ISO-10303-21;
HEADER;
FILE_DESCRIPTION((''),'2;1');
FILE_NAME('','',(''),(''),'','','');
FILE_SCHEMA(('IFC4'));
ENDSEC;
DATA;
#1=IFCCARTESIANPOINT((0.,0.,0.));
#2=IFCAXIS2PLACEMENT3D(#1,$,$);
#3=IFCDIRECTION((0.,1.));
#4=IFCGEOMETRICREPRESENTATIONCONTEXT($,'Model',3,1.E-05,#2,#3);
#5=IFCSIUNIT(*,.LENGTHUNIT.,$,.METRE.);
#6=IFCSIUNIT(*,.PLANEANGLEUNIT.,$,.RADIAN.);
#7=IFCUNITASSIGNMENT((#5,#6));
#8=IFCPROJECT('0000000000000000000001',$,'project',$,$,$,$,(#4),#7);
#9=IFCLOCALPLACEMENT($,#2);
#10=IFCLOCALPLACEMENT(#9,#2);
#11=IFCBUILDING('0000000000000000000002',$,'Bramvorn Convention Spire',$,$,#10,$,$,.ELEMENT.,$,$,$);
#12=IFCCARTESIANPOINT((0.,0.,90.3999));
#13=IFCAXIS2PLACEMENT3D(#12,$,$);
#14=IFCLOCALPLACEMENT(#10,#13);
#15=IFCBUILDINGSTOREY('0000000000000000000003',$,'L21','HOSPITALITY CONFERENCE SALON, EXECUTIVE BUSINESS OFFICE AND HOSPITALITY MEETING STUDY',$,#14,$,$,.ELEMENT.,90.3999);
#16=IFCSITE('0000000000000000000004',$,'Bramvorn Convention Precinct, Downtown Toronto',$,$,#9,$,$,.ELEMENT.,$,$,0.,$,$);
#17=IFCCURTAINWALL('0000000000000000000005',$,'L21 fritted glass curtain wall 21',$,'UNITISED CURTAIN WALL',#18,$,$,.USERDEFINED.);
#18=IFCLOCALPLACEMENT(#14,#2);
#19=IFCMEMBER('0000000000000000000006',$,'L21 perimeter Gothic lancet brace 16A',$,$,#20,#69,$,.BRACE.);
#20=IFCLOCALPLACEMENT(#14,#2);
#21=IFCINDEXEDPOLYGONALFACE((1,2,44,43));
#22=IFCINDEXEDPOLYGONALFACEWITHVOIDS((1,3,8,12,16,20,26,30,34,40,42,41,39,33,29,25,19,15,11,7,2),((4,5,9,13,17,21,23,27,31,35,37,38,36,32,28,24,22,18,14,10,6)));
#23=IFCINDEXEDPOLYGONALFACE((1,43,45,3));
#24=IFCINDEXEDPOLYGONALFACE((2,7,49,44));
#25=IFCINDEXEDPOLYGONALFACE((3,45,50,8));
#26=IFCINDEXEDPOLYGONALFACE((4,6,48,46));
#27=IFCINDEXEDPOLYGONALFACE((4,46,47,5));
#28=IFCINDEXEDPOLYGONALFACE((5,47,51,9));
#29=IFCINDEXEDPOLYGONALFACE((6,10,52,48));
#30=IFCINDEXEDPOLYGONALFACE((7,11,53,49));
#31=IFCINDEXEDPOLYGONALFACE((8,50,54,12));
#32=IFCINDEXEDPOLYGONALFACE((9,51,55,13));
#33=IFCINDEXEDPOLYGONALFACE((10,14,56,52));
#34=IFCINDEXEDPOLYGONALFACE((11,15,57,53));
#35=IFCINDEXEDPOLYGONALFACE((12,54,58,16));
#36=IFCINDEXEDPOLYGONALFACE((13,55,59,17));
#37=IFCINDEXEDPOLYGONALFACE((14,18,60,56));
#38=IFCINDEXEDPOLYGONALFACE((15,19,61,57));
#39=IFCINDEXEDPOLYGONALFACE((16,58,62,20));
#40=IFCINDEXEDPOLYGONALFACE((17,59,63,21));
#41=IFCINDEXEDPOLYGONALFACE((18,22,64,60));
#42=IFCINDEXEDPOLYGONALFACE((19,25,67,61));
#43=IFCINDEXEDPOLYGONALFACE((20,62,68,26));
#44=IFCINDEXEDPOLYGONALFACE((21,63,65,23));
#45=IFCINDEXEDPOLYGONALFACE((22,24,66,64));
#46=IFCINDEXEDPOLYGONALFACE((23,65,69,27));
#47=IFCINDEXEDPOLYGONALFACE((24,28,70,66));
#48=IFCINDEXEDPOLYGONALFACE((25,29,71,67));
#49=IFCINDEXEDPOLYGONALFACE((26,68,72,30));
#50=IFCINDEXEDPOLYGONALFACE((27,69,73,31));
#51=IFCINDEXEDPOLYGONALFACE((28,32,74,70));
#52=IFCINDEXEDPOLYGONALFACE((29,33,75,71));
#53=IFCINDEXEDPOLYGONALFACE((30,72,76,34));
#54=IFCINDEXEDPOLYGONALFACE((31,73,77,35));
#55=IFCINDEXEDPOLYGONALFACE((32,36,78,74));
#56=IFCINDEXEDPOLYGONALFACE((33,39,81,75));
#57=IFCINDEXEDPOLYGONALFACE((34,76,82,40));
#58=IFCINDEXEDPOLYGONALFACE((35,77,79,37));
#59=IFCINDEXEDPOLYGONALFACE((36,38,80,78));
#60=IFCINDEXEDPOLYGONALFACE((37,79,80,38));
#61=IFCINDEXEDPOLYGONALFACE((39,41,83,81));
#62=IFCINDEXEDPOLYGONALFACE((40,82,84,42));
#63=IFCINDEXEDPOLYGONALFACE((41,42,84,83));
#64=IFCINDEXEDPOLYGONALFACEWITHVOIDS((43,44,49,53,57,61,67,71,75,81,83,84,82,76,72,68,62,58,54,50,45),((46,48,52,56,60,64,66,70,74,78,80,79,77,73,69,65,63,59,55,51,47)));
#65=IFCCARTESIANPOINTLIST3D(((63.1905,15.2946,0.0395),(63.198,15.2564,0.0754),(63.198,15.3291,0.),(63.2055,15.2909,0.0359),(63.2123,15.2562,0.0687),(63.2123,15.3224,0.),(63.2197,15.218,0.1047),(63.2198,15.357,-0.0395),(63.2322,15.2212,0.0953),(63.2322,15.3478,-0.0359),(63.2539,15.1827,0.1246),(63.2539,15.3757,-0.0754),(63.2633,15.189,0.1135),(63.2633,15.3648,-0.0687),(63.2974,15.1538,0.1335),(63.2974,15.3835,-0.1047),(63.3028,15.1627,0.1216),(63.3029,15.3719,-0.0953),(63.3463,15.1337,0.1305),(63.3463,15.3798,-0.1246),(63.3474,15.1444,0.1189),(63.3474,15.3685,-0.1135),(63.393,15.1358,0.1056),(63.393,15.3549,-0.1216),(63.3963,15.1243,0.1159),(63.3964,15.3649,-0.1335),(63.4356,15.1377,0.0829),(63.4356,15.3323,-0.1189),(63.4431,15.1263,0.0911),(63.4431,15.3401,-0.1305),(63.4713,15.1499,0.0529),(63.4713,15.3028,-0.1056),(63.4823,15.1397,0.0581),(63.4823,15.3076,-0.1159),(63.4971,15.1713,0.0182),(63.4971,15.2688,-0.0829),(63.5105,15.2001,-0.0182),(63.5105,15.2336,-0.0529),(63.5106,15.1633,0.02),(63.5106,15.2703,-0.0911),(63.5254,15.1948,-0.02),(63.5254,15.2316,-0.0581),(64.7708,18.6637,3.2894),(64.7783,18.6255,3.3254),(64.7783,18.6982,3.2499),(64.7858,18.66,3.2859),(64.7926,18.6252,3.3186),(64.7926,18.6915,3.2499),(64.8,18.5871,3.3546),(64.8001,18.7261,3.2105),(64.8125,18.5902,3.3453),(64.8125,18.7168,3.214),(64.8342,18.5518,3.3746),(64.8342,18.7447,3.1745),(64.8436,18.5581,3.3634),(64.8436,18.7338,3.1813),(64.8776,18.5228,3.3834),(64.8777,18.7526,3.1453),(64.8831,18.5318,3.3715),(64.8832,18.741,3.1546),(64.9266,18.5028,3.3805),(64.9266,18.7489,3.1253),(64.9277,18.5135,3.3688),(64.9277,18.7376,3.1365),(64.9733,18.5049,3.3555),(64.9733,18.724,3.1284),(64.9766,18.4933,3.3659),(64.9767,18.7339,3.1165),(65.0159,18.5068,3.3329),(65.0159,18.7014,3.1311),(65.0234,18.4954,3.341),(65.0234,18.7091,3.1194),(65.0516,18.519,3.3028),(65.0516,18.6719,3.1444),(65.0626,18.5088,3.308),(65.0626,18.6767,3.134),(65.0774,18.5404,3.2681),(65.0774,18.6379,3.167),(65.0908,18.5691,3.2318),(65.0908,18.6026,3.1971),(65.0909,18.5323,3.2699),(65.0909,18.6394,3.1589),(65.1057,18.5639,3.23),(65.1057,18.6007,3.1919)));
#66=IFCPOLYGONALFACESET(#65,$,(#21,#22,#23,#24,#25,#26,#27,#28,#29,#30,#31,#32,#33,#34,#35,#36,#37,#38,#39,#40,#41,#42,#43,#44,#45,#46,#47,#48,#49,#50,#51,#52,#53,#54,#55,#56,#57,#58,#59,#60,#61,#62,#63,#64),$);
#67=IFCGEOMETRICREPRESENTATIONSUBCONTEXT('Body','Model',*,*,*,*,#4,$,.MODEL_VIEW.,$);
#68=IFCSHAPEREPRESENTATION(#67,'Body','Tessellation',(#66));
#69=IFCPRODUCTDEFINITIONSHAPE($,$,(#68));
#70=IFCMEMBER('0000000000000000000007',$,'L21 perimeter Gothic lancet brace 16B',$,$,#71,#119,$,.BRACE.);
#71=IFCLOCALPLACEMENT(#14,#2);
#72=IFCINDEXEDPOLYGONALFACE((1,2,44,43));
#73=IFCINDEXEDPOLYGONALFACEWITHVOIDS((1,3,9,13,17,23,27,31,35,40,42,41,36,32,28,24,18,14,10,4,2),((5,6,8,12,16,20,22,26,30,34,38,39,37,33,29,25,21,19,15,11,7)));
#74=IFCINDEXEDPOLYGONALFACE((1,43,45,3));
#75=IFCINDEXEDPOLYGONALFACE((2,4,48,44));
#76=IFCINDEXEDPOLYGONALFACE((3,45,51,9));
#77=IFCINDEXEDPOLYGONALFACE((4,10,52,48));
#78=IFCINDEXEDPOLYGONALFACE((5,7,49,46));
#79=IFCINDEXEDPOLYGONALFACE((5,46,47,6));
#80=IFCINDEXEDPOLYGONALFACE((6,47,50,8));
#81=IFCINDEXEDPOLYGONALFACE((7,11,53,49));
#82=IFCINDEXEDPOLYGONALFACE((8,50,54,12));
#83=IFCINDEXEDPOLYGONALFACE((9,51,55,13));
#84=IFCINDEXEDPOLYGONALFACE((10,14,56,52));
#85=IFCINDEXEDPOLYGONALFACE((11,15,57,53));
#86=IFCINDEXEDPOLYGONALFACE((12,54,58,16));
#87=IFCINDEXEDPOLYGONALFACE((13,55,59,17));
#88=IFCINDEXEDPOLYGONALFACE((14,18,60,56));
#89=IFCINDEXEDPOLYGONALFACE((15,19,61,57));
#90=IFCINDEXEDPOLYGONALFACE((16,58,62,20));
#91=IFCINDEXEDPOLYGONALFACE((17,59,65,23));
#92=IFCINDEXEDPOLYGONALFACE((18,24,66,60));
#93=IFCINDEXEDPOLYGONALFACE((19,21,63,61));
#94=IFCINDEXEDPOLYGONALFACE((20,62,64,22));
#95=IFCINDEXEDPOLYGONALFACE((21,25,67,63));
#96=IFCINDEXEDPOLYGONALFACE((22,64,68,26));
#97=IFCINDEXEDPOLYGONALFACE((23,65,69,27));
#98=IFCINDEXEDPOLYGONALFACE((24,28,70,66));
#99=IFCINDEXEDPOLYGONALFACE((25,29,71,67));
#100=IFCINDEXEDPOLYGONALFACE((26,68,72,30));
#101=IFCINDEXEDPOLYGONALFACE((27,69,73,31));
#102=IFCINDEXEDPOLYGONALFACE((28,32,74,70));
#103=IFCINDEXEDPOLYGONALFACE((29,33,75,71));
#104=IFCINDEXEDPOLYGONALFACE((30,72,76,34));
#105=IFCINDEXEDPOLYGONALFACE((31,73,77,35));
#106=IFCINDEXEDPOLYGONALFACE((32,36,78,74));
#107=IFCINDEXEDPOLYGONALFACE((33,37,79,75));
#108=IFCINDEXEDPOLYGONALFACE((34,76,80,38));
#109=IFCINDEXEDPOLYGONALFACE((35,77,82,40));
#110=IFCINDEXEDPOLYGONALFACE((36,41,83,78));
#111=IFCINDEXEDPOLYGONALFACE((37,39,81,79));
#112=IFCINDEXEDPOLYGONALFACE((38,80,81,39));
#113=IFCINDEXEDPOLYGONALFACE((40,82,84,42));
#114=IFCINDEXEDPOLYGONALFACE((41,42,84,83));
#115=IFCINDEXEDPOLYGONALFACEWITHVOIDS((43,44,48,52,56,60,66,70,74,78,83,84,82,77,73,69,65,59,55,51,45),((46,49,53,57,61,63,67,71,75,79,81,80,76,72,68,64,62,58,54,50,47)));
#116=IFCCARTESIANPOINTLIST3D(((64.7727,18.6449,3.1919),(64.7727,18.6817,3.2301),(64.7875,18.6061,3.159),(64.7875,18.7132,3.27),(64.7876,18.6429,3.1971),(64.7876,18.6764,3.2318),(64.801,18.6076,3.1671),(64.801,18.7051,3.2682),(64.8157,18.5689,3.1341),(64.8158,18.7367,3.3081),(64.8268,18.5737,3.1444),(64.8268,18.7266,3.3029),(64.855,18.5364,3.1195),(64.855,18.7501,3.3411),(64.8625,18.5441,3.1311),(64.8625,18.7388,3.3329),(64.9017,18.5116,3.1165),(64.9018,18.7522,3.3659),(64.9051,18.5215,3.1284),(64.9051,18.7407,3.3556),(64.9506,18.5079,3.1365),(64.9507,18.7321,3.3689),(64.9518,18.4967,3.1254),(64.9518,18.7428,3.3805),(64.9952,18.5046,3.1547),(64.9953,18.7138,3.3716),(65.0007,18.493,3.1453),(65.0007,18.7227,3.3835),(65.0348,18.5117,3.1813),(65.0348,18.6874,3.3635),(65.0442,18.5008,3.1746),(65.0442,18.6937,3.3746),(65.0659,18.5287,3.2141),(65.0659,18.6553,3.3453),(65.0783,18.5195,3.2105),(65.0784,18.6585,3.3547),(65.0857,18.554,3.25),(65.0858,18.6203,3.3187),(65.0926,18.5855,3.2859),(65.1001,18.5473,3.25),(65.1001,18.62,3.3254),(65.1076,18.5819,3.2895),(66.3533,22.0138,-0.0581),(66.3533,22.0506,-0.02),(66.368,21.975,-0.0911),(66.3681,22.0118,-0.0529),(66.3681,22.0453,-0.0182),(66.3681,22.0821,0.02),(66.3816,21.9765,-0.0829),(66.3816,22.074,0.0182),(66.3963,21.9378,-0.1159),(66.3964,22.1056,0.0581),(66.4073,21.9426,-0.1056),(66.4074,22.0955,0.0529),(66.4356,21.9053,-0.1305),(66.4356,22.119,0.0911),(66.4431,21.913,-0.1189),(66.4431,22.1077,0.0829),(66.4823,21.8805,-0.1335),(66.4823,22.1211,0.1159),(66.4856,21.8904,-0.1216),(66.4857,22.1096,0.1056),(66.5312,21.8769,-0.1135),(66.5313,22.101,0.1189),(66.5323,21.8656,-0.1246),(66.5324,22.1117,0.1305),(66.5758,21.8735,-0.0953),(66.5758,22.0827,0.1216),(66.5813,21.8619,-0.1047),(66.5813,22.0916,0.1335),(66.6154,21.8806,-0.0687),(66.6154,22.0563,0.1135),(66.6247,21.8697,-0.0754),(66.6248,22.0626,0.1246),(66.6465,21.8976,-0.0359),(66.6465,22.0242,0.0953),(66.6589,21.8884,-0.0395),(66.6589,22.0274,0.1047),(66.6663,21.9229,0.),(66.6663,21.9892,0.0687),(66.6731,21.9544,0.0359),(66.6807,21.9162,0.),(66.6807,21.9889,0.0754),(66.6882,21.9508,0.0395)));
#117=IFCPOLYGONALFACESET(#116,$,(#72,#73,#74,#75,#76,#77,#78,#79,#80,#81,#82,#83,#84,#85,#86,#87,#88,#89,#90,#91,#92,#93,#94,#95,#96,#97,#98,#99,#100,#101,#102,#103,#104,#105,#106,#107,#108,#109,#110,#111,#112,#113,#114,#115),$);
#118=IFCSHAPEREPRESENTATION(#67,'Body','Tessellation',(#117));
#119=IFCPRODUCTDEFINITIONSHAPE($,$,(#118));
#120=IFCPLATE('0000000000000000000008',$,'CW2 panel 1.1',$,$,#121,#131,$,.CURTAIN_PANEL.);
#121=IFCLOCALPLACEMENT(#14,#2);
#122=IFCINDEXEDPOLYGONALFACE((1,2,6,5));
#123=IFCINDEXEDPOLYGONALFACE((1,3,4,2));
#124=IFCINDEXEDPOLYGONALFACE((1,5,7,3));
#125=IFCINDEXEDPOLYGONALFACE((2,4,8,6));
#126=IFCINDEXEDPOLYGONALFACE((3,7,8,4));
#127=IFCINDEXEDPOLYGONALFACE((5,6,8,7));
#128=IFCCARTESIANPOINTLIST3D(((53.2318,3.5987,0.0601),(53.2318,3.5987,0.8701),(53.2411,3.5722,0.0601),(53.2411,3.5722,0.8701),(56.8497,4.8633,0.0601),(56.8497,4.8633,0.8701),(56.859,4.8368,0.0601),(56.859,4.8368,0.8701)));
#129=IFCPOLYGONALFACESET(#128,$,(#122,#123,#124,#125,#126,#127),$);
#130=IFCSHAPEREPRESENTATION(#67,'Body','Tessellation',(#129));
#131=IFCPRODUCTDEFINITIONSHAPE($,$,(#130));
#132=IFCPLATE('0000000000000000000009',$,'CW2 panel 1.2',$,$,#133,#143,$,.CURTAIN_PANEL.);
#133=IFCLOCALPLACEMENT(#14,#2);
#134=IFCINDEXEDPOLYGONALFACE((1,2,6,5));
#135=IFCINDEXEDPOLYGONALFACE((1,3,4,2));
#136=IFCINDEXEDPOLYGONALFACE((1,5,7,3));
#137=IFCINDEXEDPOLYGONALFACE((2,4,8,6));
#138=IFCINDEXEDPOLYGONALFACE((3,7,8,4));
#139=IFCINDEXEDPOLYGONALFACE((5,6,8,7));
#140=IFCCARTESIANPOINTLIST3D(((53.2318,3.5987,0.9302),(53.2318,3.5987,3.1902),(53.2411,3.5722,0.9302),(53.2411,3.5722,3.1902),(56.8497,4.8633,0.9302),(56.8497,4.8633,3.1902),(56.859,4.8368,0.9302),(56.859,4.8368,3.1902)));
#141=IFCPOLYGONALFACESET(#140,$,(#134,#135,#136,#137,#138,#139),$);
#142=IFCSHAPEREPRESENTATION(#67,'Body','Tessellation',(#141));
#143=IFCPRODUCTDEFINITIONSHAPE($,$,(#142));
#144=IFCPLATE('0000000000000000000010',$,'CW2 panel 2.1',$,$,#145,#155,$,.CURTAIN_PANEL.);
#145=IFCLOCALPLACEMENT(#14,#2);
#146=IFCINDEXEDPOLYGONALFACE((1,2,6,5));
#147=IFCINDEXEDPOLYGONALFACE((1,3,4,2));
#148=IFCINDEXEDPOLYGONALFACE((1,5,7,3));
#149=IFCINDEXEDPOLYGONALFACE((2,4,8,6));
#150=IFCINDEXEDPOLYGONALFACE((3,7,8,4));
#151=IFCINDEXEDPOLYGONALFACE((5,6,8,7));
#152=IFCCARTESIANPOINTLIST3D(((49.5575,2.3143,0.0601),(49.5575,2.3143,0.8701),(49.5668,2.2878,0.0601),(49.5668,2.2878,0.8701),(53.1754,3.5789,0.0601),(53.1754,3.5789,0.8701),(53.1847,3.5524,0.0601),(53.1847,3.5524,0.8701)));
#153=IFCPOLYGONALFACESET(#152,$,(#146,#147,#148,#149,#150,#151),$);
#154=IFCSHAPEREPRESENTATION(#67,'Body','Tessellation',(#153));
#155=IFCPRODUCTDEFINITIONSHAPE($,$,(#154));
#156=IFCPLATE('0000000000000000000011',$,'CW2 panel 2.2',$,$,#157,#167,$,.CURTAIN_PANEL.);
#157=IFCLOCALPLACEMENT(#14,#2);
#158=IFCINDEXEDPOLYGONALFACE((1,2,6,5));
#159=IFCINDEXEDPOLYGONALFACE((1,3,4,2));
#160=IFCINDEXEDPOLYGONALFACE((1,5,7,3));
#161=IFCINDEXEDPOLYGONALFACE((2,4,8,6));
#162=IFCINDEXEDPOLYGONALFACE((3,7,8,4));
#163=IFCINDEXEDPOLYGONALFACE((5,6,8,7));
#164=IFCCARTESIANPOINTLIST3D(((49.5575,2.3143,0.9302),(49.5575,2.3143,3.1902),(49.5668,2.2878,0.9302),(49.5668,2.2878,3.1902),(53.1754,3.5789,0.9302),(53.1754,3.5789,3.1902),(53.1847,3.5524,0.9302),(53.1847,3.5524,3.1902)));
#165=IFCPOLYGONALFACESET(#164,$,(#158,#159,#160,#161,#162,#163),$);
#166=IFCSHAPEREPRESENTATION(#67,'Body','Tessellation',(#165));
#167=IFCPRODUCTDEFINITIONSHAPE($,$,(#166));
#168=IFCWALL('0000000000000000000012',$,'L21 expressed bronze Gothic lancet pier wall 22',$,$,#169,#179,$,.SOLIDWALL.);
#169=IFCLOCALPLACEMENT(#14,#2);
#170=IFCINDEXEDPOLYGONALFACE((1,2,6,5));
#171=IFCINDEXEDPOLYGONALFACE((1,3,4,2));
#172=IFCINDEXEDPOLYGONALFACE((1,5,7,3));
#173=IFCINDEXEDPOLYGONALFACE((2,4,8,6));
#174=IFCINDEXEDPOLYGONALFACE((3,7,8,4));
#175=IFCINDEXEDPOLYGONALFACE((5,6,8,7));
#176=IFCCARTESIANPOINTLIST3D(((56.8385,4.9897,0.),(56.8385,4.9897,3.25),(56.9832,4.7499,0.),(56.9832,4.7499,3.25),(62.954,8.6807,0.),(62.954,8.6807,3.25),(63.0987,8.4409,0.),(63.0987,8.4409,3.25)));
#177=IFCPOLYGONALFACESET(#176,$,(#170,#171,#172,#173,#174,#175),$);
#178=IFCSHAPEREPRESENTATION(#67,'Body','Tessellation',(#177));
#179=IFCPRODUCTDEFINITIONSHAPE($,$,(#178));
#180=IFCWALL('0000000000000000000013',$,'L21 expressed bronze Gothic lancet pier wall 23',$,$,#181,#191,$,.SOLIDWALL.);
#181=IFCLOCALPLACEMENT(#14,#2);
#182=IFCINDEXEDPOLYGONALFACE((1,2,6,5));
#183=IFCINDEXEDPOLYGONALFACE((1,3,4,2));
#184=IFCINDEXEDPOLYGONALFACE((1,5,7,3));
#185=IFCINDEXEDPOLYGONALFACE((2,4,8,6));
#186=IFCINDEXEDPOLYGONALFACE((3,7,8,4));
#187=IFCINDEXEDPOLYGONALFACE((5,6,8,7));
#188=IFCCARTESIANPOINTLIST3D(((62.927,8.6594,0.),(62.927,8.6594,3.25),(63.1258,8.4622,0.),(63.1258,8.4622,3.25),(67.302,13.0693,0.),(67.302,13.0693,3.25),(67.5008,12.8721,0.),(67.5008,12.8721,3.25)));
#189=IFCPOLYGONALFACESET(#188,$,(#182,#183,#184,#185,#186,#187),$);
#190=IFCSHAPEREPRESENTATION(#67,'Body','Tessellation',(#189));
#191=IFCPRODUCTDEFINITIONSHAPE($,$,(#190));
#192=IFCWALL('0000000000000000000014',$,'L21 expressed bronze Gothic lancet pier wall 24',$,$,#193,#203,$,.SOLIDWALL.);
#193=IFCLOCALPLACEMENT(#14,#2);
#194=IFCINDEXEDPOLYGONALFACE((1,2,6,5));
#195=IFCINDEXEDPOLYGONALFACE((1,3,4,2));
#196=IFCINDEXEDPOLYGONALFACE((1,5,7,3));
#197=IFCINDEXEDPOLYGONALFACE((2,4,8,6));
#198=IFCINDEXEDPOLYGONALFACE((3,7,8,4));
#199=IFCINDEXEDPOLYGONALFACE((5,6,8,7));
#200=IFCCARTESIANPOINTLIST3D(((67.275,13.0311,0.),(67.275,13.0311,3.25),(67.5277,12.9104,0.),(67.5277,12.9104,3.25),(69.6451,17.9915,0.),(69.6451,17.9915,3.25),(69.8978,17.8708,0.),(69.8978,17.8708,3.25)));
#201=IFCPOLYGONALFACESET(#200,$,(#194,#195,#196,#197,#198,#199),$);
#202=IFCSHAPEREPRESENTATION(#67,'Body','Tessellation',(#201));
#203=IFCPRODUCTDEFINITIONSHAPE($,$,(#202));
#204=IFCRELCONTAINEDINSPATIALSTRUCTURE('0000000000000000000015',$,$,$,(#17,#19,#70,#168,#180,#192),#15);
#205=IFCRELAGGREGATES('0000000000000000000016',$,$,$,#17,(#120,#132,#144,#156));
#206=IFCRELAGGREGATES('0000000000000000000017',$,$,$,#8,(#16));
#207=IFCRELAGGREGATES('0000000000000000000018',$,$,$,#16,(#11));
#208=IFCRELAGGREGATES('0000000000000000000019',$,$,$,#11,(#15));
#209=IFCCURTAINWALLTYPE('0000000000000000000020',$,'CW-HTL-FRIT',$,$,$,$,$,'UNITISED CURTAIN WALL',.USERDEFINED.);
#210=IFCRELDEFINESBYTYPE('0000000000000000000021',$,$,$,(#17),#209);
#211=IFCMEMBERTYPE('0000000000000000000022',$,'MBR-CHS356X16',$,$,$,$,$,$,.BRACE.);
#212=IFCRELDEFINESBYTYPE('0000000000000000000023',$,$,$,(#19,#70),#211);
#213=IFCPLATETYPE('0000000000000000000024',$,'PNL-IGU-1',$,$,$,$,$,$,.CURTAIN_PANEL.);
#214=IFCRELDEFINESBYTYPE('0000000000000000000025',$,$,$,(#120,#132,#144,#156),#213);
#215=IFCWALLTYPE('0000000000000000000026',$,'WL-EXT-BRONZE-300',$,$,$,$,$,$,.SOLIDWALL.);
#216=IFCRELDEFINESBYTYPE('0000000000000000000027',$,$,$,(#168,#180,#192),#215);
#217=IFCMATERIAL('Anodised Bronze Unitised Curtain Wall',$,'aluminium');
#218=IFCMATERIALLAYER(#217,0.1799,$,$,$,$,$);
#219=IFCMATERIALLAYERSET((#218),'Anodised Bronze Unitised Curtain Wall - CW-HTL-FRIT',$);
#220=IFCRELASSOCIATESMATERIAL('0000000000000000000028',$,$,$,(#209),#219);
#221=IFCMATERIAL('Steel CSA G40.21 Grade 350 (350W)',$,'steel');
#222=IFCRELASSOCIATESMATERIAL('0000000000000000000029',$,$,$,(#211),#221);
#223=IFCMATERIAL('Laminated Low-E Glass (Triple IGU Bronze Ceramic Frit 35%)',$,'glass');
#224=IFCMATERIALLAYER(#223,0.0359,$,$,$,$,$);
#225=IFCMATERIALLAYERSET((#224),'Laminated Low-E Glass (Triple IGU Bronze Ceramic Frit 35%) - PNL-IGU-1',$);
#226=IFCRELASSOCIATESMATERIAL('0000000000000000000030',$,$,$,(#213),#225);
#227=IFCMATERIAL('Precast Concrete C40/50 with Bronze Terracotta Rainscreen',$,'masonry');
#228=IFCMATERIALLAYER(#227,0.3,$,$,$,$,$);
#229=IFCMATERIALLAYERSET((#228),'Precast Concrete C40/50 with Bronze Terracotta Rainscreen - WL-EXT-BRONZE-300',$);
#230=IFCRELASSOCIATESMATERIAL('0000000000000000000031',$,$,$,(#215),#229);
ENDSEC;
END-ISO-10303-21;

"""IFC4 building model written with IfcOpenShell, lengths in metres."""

from ifc_helpers import new_model, si_unit, direction, frame, frame_2d, origin, origin_2d, place, context, subcontext, project, spatial, rectangle, hollow_circle, extrude, material, layer, layer_set, material_profile, profile_set, type_object, element, aggregate, save


model = new_model("IFC4")

# Units and contexts
model_context = context("Model", 3, precision=1e-05, world=origin(), true_north=direction((0.0, 1.0)))
body_context = subcontext(model_context, "Body", "Model", "MODEL_VIEW")
ifc_project = project(units=[si_unit("LENGTHUNIT", "METRE"), si_unit("PLANEANGLEUNIT", "RADIAN")], contexts=[model_context])

# Site, building, storey
site_placement = place(None, origin())
site = spatial("IfcSite", under=ifc_project, at=site_placement, Name="Bramvorn Convention Precinct, Downtown Toronto", CompositionType="ELEMENT", RefElevation=0.0)
building_placement = place(site_placement, origin())
building = spatial("IfcBuilding", under=site, at=building_placement, Name="Bramvorn Convention Spire", CompositionType="ELEMENT")
storey_placement = place(building_placement, frame((0.0, 0.0, 90.3999)))
storey = spatial("IfcBuildingStorey", under=building, at=storey_placement, Name="L21", Description="HOSPITALITY CONFERENCE SALON, EXECUTIVE BUSINESS OFFICE AND HOSPITALITY MEETING STUDY", CompositionType="ELEMENT", Elevation=90.3999)

# Shared definitions
ifc_material_1 = material(Name="Steel CSA G40.21 Grade 350 (350W)", Category="steel")

# Shared definitions
ifc_material_2 = material(Name="Anodised Bronze Unitised Curtain Wall", Category="aluminium")
ifc_layer_1 = layer(ifc_material_2, 0.1799)
ifc_layer_set_1 = layer_set([ifc_layer_1], Name="Anodised Bronze Unitised Curtain Wall - CW-HTL-FRIT")
curtain_wall_type = type_object("IfcCurtainWallType", Name="CW-HTL-FRIT", ElementType="UNITISED CURTAIN WALL", PredefinedType="USERDEFINED", material=ifc_layer_set_1)

# Curtain wall
curtain_wall_1_placement = place(storey_placement, origin())
curtain_wall_1 = element("IfcCurtainWall", 1, at=curtain_wall_1_placement, inside=storey, type_object=curtain_wall_type, Name="L21 fritted glass curtain wall 21", ObjectType="UNITISED CURTAIN WALL", PredefinedType="USERDEFINED")

# Members
ifc_material_profile_1 = material_profile(ifc_material_1, hollow_circle(Radius=0.1777, WallThickness=0.0159, at=origin_2d()))
ifc_profile_set_1 = profile_set([ifc_material_profile_1], Name="Steel CSA G40.21 Grade 350 (350W) - CHS356X16")
member_type_1 = type_object("IfcMemberType", Name="MBR-CHS356X16", PredefinedType="BRACE", material=ifc_profile_set_1)
for number, where, z_axis, x_axis, name in (
    (2, (63.3589, 15.2537, 0.0), (0.319855, 0.681909, 0.657795), (-0.905352, 0.424662, 0.0), "L21 perimeter Gothic lancet brace 16A"),
    (3, (66.5198, 21.9917, 0.0), (-0.31991, -0.681871, 0.657806), (0.905315, -0.424741, 0.0), "L21 perimeter Gothic lancet brace 16B"),
):
    element("IfcMember", number, at=place(storey_placement, frame(where, z_axis=z_axis, x_axis=x_axis)), inside=storey, type_object=member_type_1, Name=name, PredefinedType="BRACE", context=body_context, shape_type="SweptSolid", body=[
        extrude(hollow_circle(Radius=0.1777, WallThickness=0.0159, at=origin_2d()), origin(), (0.0, 0.0, 1.0), 4.9407),
    ])

# Plates
ifc_material_3 = material(Name="Laminated Low-E Glass (Triple IGU Bronze Ceramic Frit 35%)", Category="glass")
ifc_layer_2 = layer(ifc_material_3, 0.0359)
ifc_layer_set_2 = layer_set([ifc_layer_2], Name="Laminated Low-E Glass (Triple IGU Bronze Ceramic Frit 35%) - PNL-IGU-1")
plate_type = type_object("IfcPlateType", Name="PNL-IGU-1", PredefinedType="CURTAIN_PANEL", material=ifc_layer_set_2)
plate_1_placement = place(storey_placement, frame((55.0454, 4.2178, 0.0601), z_axis=(0.0, 0.0, 1.0), x_axis=(-0.94399, -0.329973, 0.0)))
plate_1 = element("IfcPlate", 4, at=plate_1_placement, type_object=plate_type, Name="CW2 panel 1.1", PredefinedType="CURTAIN_PANEL", context=body_context, shape_type="SweptSolid", body=[
    extrude(rectangle(XDim=3.8325, YDim=0.0281, at=origin_2d()), origin(), (0.0, 0.0, 1.0), 0.8101),
])
plate_2_placement = place(storey_placement, frame((55.0454, 4.2178, 0.9302), z_axis=(0.0, 0.0, 1.0), x_axis=(-0.94399, -0.329973, 0.0)))
plate_2 = element("IfcPlate", 5, at=plate_2_placement, type_object=plate_type, Name="CW2 panel 1.2", PredefinedType="CURTAIN_PANEL", context=body_context, shape_type="SweptSolid", body=[
    extrude(rectangle(XDim=3.8325, YDim=0.0281, at=origin_2d()), origin(), (0.0, 0.0, 1.0), 2.26),
])
plate_3_placement = place(storey_placement, frame((51.3711, 2.9333, 0.0601), z_axis=(0.0, 0.0, 1.0), x_axis=(-0.94399, -0.329973, 0.0)))
plate_3 = element("IfcPlate", 6, at=plate_3_placement, type_object=plate_type, Name="CW2 panel 2.1", PredefinedType="CURTAIN_PANEL", context=body_context, shape_type="SweptSolid", body=[
    extrude(rectangle(XDim=3.8325, YDim=0.0281, at=origin_2d()), origin(), (0.0, 0.0, 1.0), 0.8101),
])
plate_4_placement = place(storey_placement, frame((51.3711, 2.9333, 0.9302), z_axis=(0.0, 0.0, 1.0), x_axis=(-0.94399, -0.329973, 0.0)))
plate_4 = element("IfcPlate", 7, at=plate_4_placement, type_object=plate_type, Name="CW2 panel 2.2", PredefinedType="CURTAIN_PANEL", context=body_context, shape_type="SweptSolid", body=[
    extrude(rectangle(XDim=3.8325, YDim=0.0281, at=origin_2d()), origin(), (0.0, 0.0, 1.0), 2.26),
])
aggregate(curtain_wall_1, [plate_1, plate_2, plate_3, plate_4])

# Walls
ifc_material_4 = material(Name="Precast Concrete C40/50 with Bronze Terracotta Rainscreen", Category="masonry")
ifc_layer_3 = layer(ifc_material_4, 0.3)
ifc_layer_set_3 = layer_set([ifc_layer_3], Name="Precast Concrete C40/50 with Bronze Terracotta Rainscreen - WL-EXT-BRONZE-300")
wall_type_1 = type_object("IfcWallType", Name="WL-EXT-BRONZE-300", PredefinedType="SOLIDWALL", material=ifc_layer_set_3)
wall_1_placement = place(storey_placement, frame((63.0264, 8.5608, 0.0), z_axis=(0.0, 0.0, 1.0), x_axis=(-0.856154, -0.516721, 0.0)))
element("IfcWall", 8, at=wall_1_placement, inside=storey, type_object=wall_type_1, Name="L21 expressed bronze Gothic lancet pier wall 22", PredefinedType="SOLIDWALL", context=body_context, shape_type="SweptSolid", body=[
    extrude(rectangle(XDim=7.1431, YDim=0.28, at=frame_2d((3.5715, 0.0))), origin(), (0.0, 0.0, 1.0), 3.25),
])
wall_2_placement = place(storey_placement, frame((67.4014, 12.9707, 0.0), z_axis=(0.0, 0.0, 1.0), x_axis=(-0.704291, -0.709911, 0.0)))
element("IfcWall", 9, at=wall_2_placement, inside=storey, type_object=wall_type_1, Name="L21 expressed bronze Gothic lancet pier wall 23", PredefinedType="SOLIDWALL", context=body_context, shape_type="SweptSolid", body=[
    extrude(rectangle(XDim=6.2119, YDim=0.28, at=frame_2d((3.106, 0.0))), origin(), (0.0, 0.0, 1.0), 3.25),
])
wall_3_placement = place(storey_placement, frame((69.7715, 17.9312, 0.0), z_axis=(0.0, 0.0, 1.0), x_axis=(-0.431119, -0.902295, 0.0)))
element("IfcWall", 10, at=wall_3_placement, inside=storey, type_object=wall_type_1, Name="L21 expressed bronze Gothic lancet pier wall 24", PredefinedType="SOLIDWALL", context=body_context, shape_type="SweptSolid", body=[
    extrude(rectangle(XDim=5.4976, YDim=0.28, at=frame_2d((2.7488, 0.0))), origin(), (0.0, 0.0, 1.0), 3.25),
])

save(model, "model.ifc")
